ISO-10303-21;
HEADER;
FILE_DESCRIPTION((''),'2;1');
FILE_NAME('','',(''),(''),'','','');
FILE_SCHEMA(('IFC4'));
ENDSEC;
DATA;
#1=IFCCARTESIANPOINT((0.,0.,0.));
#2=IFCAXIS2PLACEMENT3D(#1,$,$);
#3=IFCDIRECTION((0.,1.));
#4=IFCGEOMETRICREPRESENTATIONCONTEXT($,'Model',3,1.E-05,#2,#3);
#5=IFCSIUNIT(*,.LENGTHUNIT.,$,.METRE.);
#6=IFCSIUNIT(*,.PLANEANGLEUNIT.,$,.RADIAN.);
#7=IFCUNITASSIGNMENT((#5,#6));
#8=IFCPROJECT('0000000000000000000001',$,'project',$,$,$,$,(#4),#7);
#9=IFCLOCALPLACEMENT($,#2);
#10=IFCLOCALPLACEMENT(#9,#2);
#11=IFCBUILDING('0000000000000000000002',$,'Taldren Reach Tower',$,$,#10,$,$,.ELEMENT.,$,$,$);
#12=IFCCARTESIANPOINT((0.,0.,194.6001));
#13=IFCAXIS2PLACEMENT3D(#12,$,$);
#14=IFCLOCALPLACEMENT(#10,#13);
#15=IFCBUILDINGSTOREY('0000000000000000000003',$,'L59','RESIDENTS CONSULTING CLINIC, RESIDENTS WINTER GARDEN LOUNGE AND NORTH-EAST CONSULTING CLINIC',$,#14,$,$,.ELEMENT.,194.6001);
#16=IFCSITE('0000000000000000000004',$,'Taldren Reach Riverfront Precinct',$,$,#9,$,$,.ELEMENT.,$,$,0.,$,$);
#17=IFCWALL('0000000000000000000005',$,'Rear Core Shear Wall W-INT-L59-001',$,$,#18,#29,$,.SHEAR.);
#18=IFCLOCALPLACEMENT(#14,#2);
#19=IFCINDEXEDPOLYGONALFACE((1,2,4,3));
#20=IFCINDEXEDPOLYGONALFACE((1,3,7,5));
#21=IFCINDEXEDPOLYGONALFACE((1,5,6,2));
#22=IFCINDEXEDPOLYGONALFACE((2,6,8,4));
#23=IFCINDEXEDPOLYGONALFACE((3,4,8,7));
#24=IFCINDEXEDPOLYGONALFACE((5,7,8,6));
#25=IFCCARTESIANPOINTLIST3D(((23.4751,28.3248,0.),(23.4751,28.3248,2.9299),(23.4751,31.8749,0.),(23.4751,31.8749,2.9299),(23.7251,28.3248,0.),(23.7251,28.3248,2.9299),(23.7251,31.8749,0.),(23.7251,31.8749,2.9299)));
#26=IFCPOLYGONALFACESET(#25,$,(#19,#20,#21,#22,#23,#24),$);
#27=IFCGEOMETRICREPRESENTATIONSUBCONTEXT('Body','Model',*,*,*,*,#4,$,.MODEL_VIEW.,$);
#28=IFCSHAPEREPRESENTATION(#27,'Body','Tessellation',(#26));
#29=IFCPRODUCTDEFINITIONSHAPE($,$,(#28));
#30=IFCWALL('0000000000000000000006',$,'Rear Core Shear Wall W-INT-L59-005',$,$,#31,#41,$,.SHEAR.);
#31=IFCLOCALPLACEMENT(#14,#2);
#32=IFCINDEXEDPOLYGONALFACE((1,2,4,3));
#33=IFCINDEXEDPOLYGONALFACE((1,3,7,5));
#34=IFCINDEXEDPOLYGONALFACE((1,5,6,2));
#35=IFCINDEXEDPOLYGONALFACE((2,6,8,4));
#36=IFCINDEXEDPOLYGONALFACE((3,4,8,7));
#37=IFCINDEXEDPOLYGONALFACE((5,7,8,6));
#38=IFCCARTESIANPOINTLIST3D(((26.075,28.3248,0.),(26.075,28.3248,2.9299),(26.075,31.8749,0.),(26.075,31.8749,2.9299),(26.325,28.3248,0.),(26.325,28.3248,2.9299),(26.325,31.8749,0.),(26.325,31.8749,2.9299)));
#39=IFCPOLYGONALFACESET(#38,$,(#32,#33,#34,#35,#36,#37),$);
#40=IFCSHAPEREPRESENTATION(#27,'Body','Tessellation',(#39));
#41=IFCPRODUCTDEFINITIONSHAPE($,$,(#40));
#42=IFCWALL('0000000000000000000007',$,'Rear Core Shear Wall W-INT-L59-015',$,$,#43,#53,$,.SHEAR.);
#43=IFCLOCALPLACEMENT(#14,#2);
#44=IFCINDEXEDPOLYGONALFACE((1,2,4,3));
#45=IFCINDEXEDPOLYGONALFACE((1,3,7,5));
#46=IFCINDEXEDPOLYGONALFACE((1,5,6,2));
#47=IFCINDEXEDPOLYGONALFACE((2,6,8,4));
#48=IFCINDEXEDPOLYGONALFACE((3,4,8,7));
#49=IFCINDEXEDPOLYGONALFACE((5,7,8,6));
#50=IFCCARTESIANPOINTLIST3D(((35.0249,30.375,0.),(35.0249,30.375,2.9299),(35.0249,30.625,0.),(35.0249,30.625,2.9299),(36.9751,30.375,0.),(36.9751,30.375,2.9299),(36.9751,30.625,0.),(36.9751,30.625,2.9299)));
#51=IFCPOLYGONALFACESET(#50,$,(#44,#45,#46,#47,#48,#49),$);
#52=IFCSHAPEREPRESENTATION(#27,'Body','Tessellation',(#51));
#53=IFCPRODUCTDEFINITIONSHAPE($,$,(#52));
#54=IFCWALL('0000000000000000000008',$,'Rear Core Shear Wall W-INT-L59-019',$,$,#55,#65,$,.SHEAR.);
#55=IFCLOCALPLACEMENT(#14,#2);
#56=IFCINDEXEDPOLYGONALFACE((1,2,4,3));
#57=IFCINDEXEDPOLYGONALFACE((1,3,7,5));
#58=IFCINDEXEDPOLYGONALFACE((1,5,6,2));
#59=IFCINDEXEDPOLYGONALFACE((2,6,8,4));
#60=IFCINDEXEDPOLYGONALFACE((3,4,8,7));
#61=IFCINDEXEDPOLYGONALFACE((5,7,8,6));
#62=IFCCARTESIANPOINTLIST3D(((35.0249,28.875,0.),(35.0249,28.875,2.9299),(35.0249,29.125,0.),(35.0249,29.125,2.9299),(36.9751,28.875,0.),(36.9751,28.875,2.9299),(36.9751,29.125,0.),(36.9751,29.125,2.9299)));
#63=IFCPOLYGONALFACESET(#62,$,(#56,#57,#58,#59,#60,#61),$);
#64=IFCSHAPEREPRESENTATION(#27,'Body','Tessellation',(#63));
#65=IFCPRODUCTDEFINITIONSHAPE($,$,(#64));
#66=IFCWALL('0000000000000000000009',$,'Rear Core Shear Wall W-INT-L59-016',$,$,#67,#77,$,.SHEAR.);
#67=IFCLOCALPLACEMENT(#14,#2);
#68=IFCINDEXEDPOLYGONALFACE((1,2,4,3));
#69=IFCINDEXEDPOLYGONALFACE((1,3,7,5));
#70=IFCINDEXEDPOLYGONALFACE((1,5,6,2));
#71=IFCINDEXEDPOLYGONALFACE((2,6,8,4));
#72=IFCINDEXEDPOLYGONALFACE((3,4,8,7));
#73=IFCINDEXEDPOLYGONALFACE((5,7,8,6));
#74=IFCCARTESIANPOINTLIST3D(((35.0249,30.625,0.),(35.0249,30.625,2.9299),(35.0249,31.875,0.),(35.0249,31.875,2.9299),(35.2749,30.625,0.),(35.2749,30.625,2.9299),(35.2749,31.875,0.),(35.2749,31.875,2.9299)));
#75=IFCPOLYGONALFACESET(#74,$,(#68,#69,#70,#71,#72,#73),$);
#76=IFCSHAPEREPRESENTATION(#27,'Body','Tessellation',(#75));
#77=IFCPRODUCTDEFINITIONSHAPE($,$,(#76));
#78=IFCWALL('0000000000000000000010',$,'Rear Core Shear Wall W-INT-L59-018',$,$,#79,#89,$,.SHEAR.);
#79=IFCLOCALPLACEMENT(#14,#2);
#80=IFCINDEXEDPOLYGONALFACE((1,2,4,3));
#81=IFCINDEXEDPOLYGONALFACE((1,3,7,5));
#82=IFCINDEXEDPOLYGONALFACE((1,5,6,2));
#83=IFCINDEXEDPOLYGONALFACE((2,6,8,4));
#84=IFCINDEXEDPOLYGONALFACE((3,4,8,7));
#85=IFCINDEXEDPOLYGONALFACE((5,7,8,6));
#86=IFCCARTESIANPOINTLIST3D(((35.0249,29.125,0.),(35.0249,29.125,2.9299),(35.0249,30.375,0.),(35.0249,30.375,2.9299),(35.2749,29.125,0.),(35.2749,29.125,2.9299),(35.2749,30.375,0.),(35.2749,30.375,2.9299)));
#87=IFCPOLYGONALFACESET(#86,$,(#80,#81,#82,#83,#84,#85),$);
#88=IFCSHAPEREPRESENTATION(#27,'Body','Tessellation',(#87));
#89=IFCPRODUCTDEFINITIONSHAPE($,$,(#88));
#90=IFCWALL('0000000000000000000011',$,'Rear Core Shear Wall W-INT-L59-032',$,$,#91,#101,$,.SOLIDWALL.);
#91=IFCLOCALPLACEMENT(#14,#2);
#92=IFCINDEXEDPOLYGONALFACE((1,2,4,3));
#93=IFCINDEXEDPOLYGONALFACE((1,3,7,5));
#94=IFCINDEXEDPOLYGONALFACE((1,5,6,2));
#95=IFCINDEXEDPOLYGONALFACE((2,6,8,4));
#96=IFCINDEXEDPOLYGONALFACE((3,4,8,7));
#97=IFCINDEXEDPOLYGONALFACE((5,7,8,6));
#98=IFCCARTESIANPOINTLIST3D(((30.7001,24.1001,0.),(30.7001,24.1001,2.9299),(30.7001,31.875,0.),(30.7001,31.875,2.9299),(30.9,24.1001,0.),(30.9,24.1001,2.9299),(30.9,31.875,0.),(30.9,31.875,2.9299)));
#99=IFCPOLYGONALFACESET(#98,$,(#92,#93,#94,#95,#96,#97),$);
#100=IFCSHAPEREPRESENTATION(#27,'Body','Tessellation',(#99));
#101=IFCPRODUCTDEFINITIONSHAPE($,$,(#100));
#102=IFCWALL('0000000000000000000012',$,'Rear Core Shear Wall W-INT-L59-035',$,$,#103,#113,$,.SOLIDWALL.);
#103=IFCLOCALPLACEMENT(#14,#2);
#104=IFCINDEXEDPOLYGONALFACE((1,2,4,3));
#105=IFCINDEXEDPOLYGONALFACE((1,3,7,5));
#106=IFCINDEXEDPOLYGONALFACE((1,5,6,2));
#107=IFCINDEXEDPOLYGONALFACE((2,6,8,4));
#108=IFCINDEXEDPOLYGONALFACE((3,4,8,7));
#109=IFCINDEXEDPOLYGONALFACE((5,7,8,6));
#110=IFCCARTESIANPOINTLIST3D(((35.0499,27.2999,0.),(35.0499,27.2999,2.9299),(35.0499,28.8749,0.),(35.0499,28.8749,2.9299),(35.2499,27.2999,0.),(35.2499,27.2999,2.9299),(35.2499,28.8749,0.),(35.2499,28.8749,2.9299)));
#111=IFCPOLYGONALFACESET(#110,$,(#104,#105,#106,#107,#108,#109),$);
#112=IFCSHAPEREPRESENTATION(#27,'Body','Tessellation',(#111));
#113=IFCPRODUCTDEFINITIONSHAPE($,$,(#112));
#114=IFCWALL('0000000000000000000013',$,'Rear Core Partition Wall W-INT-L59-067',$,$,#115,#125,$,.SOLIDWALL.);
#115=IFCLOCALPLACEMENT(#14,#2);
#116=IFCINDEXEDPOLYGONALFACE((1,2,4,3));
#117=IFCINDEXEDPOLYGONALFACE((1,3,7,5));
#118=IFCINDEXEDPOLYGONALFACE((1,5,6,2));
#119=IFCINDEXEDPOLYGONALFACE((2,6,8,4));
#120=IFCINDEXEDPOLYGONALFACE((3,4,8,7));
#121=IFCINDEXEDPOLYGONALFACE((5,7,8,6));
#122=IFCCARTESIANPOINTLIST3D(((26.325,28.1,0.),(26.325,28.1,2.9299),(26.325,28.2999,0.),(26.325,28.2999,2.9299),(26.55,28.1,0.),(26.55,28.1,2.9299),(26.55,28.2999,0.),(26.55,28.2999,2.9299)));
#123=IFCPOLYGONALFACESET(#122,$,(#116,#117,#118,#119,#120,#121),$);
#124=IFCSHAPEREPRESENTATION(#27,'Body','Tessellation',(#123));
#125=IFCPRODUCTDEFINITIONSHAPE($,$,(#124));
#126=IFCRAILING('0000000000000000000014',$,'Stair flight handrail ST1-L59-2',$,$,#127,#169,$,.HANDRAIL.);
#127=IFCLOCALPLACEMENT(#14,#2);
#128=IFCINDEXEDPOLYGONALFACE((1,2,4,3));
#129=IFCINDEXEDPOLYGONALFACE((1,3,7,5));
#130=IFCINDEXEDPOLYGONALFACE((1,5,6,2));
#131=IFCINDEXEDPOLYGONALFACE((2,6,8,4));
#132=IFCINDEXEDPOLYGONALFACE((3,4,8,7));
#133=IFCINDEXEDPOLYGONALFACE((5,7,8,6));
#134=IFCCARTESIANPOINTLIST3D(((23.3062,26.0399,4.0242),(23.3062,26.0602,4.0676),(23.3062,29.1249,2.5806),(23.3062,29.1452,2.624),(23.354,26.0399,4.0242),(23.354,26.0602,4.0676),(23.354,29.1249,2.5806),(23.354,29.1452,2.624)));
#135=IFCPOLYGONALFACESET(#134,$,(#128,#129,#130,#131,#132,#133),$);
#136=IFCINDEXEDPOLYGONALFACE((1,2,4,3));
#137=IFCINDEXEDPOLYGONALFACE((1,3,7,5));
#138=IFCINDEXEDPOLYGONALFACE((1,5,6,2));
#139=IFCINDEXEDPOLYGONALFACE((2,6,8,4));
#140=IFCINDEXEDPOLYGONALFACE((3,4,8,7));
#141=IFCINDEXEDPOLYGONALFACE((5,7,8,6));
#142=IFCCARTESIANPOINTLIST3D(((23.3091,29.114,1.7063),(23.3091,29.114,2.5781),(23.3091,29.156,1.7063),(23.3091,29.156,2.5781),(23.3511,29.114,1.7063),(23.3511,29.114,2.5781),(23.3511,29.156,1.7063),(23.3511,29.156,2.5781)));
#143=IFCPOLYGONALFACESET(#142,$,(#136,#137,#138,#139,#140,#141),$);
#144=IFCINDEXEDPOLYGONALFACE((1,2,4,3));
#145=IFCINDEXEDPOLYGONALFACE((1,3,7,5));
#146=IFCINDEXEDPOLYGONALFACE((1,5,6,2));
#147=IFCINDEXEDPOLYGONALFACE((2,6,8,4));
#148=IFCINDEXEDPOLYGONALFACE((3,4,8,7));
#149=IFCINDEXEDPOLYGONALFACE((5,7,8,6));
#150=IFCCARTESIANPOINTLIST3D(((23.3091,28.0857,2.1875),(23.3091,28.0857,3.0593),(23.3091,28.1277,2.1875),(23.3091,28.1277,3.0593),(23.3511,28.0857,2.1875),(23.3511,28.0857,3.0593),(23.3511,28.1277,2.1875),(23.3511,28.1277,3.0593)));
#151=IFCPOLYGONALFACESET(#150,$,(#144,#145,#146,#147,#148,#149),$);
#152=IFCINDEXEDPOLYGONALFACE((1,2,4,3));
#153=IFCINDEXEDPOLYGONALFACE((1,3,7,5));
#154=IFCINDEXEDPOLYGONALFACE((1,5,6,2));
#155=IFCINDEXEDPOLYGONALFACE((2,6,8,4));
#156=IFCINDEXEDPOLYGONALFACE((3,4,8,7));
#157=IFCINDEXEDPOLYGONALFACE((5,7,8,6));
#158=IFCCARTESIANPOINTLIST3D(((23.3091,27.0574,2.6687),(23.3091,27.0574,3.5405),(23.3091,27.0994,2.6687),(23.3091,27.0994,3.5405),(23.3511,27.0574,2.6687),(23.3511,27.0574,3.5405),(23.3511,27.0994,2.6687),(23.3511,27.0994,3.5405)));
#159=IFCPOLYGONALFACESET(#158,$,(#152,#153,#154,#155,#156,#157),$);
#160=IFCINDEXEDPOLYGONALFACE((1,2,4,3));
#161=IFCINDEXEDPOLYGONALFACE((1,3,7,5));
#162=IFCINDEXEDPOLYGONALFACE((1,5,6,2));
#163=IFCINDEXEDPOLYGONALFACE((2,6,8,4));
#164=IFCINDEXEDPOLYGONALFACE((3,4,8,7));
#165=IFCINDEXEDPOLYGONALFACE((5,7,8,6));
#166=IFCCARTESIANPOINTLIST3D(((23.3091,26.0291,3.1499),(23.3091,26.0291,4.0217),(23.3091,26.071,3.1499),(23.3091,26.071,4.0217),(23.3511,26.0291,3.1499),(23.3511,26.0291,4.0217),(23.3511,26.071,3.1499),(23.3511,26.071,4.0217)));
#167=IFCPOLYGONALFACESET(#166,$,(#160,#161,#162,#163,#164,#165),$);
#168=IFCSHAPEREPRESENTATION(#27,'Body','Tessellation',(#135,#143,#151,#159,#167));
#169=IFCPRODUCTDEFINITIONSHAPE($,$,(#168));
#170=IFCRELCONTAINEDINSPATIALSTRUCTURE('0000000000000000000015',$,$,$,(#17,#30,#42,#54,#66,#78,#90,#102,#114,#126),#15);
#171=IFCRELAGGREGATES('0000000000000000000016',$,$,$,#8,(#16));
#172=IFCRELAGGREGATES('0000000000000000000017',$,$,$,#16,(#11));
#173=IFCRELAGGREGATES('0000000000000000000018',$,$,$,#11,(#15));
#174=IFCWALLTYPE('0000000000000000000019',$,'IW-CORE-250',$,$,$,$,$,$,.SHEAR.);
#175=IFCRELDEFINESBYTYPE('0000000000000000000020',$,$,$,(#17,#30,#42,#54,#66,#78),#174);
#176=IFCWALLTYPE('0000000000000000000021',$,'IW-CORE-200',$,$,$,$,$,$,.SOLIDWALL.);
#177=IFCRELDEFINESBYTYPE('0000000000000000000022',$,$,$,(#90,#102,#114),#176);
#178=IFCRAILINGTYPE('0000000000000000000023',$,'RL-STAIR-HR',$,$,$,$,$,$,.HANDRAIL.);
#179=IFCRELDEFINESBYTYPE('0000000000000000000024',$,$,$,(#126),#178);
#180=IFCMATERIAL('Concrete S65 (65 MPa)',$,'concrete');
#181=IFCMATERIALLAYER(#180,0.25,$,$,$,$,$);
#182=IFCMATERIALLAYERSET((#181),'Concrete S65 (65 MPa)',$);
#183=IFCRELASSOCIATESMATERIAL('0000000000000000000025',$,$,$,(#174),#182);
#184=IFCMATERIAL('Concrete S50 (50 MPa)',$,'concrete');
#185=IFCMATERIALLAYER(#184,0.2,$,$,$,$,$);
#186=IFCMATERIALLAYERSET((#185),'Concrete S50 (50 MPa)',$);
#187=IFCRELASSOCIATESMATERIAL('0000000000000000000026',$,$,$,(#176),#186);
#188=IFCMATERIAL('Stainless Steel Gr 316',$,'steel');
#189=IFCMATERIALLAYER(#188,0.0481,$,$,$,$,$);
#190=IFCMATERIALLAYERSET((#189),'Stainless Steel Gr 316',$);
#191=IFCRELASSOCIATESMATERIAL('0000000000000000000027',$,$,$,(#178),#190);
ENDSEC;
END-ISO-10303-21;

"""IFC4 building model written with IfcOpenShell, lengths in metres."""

from ifc_helpers import new_model, si_unit, direction, frame, frame_2d, origin, origin_2d, place, context, subcontext, project, spatial, rectangle, extrude, source, transform, mapped, material, layer, layer_set, type_object, element, save


model = new_model("IFC4")

# Units and contexts
model_context = context("Model", 3, precision=1e-05, world=origin(), true_north=direction((0.0, 1.0)))
body_context = subcontext(model_context, "Body", "Model", "MODEL_VIEW")
ifc_project = project(units=[si_unit("LENGTHUNIT", "METRE"), si_unit("PLANEANGLEUNIT", "RADIAN")], contexts=[model_context])

# Site, building, storey
site_placement = place(None, origin())
site = spatial("IfcSite", under=ifc_project, at=site_placement, Name="Taldren Reach Riverfront Precinct", CompositionType="ELEMENT", RefElevation=0.0)
building_placement = place(site_placement, origin())
building = spatial("IfcBuilding", under=site, at=building_placement, Name="Taldren Reach Tower", CompositionType="ELEMENT")
storey_placement = place(building_placement, frame((0.0, 0.0, 194.6001)))
storey = spatial("IfcBuildingStorey", under=building, at=storey_placement, Name="L59", Description="RESIDENTS CONSULTING CLINIC, RESIDENTS WINTER GARDEN LOUNGE AND NORTH-EAST CONSULTING CLINIC", CompositionType="ELEMENT", Elevation=194.6001)

# Walls
ifc_material_1 = material(Name="Concrete S65 (65 MPa)", Category="concrete")
ifc_layer_1 = layer(ifc_material_1, 0.25)
ifc_layer_set_1 = layer_set([ifc_layer_1], Name="Concrete S65 (65 MPa)")
wall_type_1 = type_object("IfcWallType", Name="IW-CORE-250", PredefinedType="SHEAR", material=ifc_layer_set_1)
shared_shape_1 = source(origin(), body_context, "Body", "SweptSolid", [
    extrude(rectangle(XDim=3.55, YDim=0.25, at=frame_2d((1.7749, 0.0))), origin(), (0.0, 0.0, 1.0), 2.9299),
])
for number, where, z_axis, x_axis, name in (
    (1, (23.6001, 28.325, 0.0), (0.0, 0.0, 1.0), (0.0, 1.0, 0.0), "Rear Core Shear Wall W-INT-L59-001"),
    (2, (26.2, 28.325, 0.0), (0.0, 0.0, 1.0), (0.0, 1.0, 0.0), "Rear Core Shear Wall W-INT-L59-005"),
):
    element("IfcWall", number, at=place(storey_placement, frame(where, z_axis=z_axis, x_axis=x_axis)), inside=storey, type_object=wall_type_1, Name=name, PredefinedType="SHEAR", context=body_context, shape_type="MappedRepresentation", body=[
        mapped(shared_shape_1, transform((0.0, 0.0, 0.0), scale=1.0)),
    ])
shared_shape_2 = source(origin(), body_context, "Body", "SweptSolid", [
    extrude(rectangle(XDim=1.9502, YDim=0.25, at=frame_2d((0.9751, 0.0))), origin(), (0.0, 0.0, 1.0), 2.9299),
])
for number, where, z_axis, x_axis, name in (
    (3, (35.0249, 30.5, 0.0), (0.0, 0.0, 1.0), (1.0, 0.0, 0.0), "Rear Core Shear Wall W-INT-L59-015"),
    (4, (35.0249, 29.0, 0.0), (0.0, 0.0, 1.0), (1.0, 0.0, 0.0), "Rear Core Shear Wall W-INT-L59-019"),
):
    element("IfcWall", number, at=place(storey_placement, frame(where, z_axis=z_axis, x_axis=x_axis)), inside=storey, type_object=wall_type_1, Name=name, PredefinedType="SHEAR", context=body_context, shape_type="MappedRepresentation", body=[
        mapped(shared_shape_2, transform((0.0, 0.0, 0.0), scale=1.0)),
    ])
shared_shape_3 = source(origin(), body_context, "Body", "SweptSolid", [
    extrude(rectangle(XDim=1.25, YDim=0.25, at=frame_2d((0.625, 0.0))), origin(), (0.0, 0.0, 1.0), 2.9299),
])
for number, where, z_axis, x_axis, name in (
    (5, (35.1499, 31.875, 0.0), (0.0, 0.0, 1.0), (0.0, -1.0, 0.0), "Rear Core Shear Wall W-INT-L59-016"),
    (6, (35.1499, 30.375, 0.0), (0.0, 0.0, 1.0), (0.0, -1.0, 0.0), "Rear Core Shear Wall W-INT-L59-018"),
):
    element("IfcWall", number, at=place(storey_placement, frame(where, z_axis=z_axis, x_axis=x_axis)), inside=storey, type_object=wall_type_1, Name=name, PredefinedType="SHEAR", context=body_context, shape_type="MappedRepresentation", body=[
        mapped(shared_shape_3, transform((0.0, 0.0, 0.0), scale=1.0)),
    ])
ifc_material_2 = material(Name="Concrete S50 (50 MPa)", Category="concrete")
ifc_layer_2 = layer(ifc_material_2, 0.2)
ifc_layer_set_2 = layer_set([ifc_layer_2], Name="Concrete S50 (50 MPa)")
wall_type_2 = type_object("IfcWallType", Name="IW-CORE-200", PredefinedType="SOLIDWALL", material=ifc_layer_set_2)
shared_shape_4 = source(origin(), body_context, "Body", "SweptSolid", [
    extrude(rectangle(XDim=7.7749, YDim=0.2, at=frame_2d((3.8875, 0.0))), origin(), (0.0, 0.0, 1.0), 2.9299),
])
wall_1_placement = place(storey_placement, frame((30.8, 31.875, 0.0), z_axis=(0.0, 0.0, 1.0), x_axis=(0.0, -1.0, 0.0)))
element("IfcWall", 7, at=wall_1_placement, inside=storey, type_object=wall_type_2, Name="Rear Core Shear Wall W-INT-L59-032", PredefinedType="SOLIDWALL", context=body_context, shape_type="MappedRepresentation", body=[
    mapped(shared_shape_4, transform((0.0, 0.0, 0.0), scale=1.0)),
])
shared_shape_5 = source(origin(), body_context, "Body", "SweptSolid", [
    extrude(rectangle(XDim=1.575, YDim=0.2, at=frame_2d((0.7876, 0.0))), origin(), (0.0, 0.0, 1.0), 2.9299),
])
wall_2_placement = place(storey_placement, frame((35.1499, 28.875, 0.0), z_axis=(0.0, 0.0, 1.0), x_axis=(0.0, -1.0, 0.0)))
element("IfcWall", 8, at=wall_2_placement, inside=storey, type_object=wall_type_2, Name="Rear Core Shear Wall W-INT-L59-035", PredefinedType="SOLIDWALL", context=body_context, shape_type="MappedRepresentation", body=[
    mapped(shared_shape_5, transform((0.0, 0.0, 0.0), scale=1.0)),
])
shared_shape_6 = source(origin(), body_context, "Body", "SweptSolid", [
    extrude(rectangle(XDim=0.2251, YDim=0.2, at=frame_2d((0.1125, 0.0))), origin(), (0.0, 0.0, 1.0), 2.9299),
])
wall_3_placement = place(storey_placement, frame((26.325, 28.2, 0.0), z_axis=(0.0, 0.0, 1.0), x_axis=(1.0, 0.0, 0.0)))
element("IfcWall", 9, at=wall_3_placement, inside=storey, type_object=wall_type_2, Name="Rear Core Partition Wall W-INT-L59-067", PredefinedType="SOLIDWALL", context=body_context, shape_type="MappedRepresentation", body=[
    mapped(shared_shape_6, transform((0.0, 0.0, 0.0), scale=1.0)),
])

# Railing
ifc_material_3 = material(Name="Stainless Steel Gr 316", Category="steel")
ifc_layer_3 = layer(ifc_material_3, 0.0481)
ifc_layer_set_3 = layer_set([ifc_layer_3], Name="Stainless Steel Gr 316")
railing_type = type_object("IfcRailingType", Name="RL-STAIR-HR", PredefinedType="HANDRAIL", material=ifc_layer_set_3)
railing_placement = place(storey_placement, frame((23.3301, 29.135, 1.7063)))
element("IfcRailing", 10, at=railing_placement, inside=storey, type_object=railing_type, Name="Stair flight handrail ST1-L59-2", PredefinedType="HANDRAIL", context=body_context, shape_type="SweptSolid", body=[
    extrude(rectangle(XDim=0.0479, YDim=0.0479, at=origin_2d()), frame((0.0, 0.0, 0.896), z_axis=(0.0, -0.905738, 0.423839), x_axis=(1.0, 0.0, 0.0)), (0.0, 0.0, 1.0), 3.406),
    extrude(rectangle(XDim=0.042, YDim=0.042, at=origin_2d()), origin(), (0.0, 0.0, 1.0), 0.8718),
    extrude(rectangle(XDim=0.042, YDim=0.042, at=origin_2d()), frame((0.0, -1.0283, 0.4812)), (0.0, 0.0, 1.0), 0.8718),
    extrude(rectangle(XDim=0.042, YDim=0.042, at=origin_2d()), frame((0.0, -2.0566, 0.9624)), (0.0, 0.0, 1.0), 0.8718),
    extrude(rectangle(XDim=0.042, YDim=0.042, at=origin_2d()), frame((0.0, -3.085, 1.4436)), (0.0, 0.0, 1.0), 0.8718),
])

save(model, "model.ifc")
